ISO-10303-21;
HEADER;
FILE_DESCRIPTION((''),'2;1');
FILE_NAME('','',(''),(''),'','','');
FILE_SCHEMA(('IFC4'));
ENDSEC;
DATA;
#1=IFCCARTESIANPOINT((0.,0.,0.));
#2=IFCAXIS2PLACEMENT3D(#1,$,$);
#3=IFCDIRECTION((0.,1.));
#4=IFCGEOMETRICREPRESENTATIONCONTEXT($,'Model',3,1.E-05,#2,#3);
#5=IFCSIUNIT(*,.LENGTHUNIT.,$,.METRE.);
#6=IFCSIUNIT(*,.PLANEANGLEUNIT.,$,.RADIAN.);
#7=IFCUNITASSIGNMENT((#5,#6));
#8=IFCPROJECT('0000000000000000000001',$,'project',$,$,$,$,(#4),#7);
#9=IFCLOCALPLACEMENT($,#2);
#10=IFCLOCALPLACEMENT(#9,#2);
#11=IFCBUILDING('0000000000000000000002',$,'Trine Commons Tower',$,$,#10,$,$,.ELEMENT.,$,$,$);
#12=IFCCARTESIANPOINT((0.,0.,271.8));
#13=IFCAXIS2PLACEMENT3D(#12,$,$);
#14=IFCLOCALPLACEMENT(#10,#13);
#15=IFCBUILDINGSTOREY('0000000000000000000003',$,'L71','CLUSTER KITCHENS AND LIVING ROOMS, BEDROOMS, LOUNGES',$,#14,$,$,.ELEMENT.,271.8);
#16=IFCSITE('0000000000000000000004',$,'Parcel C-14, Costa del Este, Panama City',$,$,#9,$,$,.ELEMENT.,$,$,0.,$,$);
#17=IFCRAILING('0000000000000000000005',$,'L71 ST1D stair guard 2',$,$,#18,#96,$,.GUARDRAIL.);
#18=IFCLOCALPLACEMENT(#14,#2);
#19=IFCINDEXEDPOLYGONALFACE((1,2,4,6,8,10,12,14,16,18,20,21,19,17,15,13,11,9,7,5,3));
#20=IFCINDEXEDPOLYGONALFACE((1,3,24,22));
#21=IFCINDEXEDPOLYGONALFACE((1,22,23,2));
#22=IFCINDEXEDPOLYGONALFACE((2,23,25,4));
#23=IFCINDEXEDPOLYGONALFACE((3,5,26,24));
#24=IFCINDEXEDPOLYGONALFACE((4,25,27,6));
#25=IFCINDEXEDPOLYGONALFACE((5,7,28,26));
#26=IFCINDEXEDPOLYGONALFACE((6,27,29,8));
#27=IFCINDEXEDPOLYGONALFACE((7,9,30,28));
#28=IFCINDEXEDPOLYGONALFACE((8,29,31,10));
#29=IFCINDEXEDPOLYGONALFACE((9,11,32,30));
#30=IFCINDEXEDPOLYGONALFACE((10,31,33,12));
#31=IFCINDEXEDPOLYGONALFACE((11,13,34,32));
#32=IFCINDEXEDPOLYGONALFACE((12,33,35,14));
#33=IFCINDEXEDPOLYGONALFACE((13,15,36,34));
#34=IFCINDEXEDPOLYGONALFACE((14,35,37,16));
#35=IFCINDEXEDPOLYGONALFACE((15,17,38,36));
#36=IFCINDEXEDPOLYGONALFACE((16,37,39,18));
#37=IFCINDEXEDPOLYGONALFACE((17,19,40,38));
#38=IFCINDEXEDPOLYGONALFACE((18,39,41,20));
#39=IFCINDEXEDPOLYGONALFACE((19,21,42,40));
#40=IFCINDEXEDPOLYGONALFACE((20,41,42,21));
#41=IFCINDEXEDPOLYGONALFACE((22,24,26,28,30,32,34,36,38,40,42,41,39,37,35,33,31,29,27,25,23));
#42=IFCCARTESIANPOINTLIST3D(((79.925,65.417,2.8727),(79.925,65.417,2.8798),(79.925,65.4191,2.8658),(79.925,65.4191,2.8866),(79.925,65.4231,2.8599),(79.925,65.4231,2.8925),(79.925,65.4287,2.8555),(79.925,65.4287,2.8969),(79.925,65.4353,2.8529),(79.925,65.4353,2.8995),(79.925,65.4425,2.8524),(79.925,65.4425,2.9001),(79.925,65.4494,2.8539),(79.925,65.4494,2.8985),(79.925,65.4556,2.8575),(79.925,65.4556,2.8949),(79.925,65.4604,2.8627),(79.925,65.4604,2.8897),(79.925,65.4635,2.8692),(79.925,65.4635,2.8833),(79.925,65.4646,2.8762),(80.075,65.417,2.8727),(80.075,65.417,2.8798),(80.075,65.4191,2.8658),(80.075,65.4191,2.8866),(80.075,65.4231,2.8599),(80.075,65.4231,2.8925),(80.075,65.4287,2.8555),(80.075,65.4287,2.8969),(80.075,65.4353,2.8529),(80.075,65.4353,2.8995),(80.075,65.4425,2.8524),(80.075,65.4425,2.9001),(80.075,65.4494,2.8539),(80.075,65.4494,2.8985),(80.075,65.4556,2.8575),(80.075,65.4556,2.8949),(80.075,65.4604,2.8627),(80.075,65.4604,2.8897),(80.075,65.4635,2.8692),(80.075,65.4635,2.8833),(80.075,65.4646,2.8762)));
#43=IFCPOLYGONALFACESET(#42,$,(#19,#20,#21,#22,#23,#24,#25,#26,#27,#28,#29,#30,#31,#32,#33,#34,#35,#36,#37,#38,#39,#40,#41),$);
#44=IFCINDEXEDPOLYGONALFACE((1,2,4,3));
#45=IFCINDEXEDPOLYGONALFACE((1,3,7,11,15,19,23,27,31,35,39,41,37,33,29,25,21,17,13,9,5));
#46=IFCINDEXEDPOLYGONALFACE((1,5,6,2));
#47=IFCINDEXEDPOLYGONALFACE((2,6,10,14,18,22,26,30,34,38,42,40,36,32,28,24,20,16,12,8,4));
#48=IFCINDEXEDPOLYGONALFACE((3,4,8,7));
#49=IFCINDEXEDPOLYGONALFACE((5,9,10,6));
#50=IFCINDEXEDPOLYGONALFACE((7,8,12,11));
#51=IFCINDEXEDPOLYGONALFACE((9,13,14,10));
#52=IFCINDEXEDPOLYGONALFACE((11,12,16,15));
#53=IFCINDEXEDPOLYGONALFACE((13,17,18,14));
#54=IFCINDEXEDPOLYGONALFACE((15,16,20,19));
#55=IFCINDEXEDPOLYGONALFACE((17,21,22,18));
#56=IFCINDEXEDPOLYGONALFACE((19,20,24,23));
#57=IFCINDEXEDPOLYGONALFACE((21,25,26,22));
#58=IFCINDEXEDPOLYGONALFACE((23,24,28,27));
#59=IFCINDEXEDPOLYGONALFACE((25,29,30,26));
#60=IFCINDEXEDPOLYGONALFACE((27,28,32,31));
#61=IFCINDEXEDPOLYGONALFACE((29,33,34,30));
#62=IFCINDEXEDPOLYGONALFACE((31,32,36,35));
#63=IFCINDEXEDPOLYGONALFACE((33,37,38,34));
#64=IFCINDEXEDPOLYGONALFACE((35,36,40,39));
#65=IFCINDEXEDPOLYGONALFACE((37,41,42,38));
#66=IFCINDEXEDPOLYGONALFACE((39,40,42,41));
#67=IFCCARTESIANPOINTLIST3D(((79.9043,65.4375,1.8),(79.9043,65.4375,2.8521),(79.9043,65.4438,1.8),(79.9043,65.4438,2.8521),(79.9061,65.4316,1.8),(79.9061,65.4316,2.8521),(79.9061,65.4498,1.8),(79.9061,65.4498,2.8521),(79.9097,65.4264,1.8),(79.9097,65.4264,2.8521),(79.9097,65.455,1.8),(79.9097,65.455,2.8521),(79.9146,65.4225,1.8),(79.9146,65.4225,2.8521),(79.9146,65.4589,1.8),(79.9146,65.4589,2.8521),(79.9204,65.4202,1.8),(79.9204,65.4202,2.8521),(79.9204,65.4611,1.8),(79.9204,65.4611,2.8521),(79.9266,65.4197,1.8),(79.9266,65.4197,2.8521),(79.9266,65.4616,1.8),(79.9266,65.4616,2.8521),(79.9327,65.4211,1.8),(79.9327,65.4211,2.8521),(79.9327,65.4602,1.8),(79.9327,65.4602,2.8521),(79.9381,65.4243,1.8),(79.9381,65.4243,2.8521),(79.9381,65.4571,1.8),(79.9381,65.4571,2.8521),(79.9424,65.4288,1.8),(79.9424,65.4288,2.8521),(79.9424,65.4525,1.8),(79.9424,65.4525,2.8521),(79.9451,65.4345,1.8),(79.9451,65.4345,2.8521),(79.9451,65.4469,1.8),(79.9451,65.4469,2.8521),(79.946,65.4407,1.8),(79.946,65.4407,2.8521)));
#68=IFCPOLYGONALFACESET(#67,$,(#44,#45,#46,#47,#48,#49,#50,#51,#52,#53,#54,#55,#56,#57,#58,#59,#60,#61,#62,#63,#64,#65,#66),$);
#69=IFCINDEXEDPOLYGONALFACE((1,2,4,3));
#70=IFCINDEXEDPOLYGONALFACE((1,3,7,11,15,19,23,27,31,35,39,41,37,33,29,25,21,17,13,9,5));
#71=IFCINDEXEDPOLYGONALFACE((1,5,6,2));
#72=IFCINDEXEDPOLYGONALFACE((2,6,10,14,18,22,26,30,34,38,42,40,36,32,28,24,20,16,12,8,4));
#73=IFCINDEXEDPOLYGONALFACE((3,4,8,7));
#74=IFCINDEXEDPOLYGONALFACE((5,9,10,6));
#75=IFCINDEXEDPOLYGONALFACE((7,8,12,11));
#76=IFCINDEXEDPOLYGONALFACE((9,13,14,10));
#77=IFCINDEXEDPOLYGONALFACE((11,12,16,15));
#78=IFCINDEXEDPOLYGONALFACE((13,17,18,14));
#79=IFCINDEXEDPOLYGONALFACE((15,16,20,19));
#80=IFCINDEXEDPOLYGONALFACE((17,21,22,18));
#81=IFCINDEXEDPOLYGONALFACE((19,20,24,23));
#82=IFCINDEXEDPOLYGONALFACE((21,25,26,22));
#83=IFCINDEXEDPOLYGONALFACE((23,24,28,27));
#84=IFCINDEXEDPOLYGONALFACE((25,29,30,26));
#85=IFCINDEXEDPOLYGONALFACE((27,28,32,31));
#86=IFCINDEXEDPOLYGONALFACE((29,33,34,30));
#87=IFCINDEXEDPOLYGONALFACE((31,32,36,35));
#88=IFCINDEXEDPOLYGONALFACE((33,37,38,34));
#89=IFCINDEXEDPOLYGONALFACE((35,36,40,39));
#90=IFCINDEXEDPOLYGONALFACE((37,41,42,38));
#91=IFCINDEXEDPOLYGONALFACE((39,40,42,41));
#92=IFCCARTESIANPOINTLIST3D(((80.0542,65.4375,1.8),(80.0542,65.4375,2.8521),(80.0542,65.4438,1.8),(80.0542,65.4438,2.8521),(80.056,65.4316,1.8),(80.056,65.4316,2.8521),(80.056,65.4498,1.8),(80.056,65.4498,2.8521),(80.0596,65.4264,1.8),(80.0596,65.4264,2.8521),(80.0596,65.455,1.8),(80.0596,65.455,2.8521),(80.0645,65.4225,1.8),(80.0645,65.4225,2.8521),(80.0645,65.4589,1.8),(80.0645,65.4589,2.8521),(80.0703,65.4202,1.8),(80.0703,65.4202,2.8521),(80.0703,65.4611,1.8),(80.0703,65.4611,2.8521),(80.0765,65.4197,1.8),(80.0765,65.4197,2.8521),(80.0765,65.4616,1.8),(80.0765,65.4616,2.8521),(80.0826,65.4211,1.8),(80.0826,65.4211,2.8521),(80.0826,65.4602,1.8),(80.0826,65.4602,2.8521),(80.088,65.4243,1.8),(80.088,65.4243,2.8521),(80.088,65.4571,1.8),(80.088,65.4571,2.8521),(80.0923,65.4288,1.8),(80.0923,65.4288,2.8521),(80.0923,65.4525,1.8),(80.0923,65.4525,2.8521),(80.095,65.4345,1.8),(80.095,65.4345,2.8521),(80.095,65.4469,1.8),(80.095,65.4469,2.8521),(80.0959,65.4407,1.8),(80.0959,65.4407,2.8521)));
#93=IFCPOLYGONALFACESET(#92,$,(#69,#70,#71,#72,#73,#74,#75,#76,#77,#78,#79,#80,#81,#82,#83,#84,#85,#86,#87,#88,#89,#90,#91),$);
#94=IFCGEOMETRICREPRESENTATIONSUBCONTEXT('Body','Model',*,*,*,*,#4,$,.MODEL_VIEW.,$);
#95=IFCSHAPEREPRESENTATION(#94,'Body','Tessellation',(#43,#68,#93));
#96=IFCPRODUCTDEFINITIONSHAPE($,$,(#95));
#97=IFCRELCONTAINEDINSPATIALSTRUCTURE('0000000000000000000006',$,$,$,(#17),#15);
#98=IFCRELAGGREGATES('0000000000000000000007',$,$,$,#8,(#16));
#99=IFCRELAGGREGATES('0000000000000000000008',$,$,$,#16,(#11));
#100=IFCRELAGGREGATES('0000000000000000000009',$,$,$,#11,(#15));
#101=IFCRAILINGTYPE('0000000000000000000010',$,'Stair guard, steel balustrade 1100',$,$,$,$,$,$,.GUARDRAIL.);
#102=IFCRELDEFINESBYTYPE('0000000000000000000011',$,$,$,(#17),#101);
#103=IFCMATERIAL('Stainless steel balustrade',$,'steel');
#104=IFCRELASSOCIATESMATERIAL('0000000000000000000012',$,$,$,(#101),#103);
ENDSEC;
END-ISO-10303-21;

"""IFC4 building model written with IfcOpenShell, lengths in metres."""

from ifc_helpers import new_model, si_unit, direction, frame, origin, origin_2d, place, context, subcontext, project, spatial, circle, extrude, material, type_object, element, save


model = new_model("IFC4")

# Units and contexts
model_context = context("Model", 3, precision=1e-05, world=origin(), true_north=direction((0.0, 1.0)))
body_context = subcontext(model_context, "Body", "Model", "MODEL_VIEW")
ifc_project = project(units=[si_unit("LENGTHUNIT", "METRE"), si_unit("PLANEANGLEUNIT", "RADIAN")], contexts=[model_context])

# Site, building, storey
site_placement = place(None, origin())
site = spatial("IfcSite", under=ifc_project, at=site_placement, Name="Parcel C-14, Costa del Este, Panama City", CompositionType="ELEMENT", RefElevation=0.0)
building_placement = place(site_placement, origin())
building = spatial("IfcBuilding", under=site, at=building_placement, Name="Trine Commons Tower", CompositionType="ELEMENT")
storey_placement = place(building_placement, frame((0.0, 0.0, 271.8)))
storey = spatial("IfcBuildingStorey", under=building, at=storey_placement, Name="L71", Description="CLUSTER KITCHENS AND LIVING ROOMS, BEDROOMS, LOUNGES", CompositionType="ELEMENT", Elevation=271.8)

# Railing
ifc_material_1 = material(Name="Stainless steel balustrade", Category="steel")
railing_type_1 = type_object("IfcRailingType", Name="Stair guard, steel balustrade 1100", PredefinedType="GUARDRAIL", material=ifc_material_1)
railing_1_placement = place(storey_placement, frame((79.925, 65.4407, 1.8)))
element("IfcRailing", 1, at=railing_1_placement, inside=storey, type_object=railing_type_1, Name="L71 ST1D stair guard 2", PredefinedType="GUARDRAIL", context=body_context, shape_type="SweptSolid", body=[
    extrude(circle(Radius=0.0239, at=origin_2d()), frame((0.0, 0.0, 1.0762), z_axis=(1.0, 0.0, 0.0), x_axis=(0.0, 1.0, 0.0)), (0.0, 0.0, 1.0), 0.1499),
    extrude(circle(Radius=0.021, at=origin_2d()), origin(), (0.0, 0.0, 1.0), 1.052),
    extrude(circle(Radius=0.021, at=origin_2d()), frame((0.1499, 0.0, 0.0)), (0.0, 0.0, 1.0), 1.052),
])

save(model, "model.ifc")
